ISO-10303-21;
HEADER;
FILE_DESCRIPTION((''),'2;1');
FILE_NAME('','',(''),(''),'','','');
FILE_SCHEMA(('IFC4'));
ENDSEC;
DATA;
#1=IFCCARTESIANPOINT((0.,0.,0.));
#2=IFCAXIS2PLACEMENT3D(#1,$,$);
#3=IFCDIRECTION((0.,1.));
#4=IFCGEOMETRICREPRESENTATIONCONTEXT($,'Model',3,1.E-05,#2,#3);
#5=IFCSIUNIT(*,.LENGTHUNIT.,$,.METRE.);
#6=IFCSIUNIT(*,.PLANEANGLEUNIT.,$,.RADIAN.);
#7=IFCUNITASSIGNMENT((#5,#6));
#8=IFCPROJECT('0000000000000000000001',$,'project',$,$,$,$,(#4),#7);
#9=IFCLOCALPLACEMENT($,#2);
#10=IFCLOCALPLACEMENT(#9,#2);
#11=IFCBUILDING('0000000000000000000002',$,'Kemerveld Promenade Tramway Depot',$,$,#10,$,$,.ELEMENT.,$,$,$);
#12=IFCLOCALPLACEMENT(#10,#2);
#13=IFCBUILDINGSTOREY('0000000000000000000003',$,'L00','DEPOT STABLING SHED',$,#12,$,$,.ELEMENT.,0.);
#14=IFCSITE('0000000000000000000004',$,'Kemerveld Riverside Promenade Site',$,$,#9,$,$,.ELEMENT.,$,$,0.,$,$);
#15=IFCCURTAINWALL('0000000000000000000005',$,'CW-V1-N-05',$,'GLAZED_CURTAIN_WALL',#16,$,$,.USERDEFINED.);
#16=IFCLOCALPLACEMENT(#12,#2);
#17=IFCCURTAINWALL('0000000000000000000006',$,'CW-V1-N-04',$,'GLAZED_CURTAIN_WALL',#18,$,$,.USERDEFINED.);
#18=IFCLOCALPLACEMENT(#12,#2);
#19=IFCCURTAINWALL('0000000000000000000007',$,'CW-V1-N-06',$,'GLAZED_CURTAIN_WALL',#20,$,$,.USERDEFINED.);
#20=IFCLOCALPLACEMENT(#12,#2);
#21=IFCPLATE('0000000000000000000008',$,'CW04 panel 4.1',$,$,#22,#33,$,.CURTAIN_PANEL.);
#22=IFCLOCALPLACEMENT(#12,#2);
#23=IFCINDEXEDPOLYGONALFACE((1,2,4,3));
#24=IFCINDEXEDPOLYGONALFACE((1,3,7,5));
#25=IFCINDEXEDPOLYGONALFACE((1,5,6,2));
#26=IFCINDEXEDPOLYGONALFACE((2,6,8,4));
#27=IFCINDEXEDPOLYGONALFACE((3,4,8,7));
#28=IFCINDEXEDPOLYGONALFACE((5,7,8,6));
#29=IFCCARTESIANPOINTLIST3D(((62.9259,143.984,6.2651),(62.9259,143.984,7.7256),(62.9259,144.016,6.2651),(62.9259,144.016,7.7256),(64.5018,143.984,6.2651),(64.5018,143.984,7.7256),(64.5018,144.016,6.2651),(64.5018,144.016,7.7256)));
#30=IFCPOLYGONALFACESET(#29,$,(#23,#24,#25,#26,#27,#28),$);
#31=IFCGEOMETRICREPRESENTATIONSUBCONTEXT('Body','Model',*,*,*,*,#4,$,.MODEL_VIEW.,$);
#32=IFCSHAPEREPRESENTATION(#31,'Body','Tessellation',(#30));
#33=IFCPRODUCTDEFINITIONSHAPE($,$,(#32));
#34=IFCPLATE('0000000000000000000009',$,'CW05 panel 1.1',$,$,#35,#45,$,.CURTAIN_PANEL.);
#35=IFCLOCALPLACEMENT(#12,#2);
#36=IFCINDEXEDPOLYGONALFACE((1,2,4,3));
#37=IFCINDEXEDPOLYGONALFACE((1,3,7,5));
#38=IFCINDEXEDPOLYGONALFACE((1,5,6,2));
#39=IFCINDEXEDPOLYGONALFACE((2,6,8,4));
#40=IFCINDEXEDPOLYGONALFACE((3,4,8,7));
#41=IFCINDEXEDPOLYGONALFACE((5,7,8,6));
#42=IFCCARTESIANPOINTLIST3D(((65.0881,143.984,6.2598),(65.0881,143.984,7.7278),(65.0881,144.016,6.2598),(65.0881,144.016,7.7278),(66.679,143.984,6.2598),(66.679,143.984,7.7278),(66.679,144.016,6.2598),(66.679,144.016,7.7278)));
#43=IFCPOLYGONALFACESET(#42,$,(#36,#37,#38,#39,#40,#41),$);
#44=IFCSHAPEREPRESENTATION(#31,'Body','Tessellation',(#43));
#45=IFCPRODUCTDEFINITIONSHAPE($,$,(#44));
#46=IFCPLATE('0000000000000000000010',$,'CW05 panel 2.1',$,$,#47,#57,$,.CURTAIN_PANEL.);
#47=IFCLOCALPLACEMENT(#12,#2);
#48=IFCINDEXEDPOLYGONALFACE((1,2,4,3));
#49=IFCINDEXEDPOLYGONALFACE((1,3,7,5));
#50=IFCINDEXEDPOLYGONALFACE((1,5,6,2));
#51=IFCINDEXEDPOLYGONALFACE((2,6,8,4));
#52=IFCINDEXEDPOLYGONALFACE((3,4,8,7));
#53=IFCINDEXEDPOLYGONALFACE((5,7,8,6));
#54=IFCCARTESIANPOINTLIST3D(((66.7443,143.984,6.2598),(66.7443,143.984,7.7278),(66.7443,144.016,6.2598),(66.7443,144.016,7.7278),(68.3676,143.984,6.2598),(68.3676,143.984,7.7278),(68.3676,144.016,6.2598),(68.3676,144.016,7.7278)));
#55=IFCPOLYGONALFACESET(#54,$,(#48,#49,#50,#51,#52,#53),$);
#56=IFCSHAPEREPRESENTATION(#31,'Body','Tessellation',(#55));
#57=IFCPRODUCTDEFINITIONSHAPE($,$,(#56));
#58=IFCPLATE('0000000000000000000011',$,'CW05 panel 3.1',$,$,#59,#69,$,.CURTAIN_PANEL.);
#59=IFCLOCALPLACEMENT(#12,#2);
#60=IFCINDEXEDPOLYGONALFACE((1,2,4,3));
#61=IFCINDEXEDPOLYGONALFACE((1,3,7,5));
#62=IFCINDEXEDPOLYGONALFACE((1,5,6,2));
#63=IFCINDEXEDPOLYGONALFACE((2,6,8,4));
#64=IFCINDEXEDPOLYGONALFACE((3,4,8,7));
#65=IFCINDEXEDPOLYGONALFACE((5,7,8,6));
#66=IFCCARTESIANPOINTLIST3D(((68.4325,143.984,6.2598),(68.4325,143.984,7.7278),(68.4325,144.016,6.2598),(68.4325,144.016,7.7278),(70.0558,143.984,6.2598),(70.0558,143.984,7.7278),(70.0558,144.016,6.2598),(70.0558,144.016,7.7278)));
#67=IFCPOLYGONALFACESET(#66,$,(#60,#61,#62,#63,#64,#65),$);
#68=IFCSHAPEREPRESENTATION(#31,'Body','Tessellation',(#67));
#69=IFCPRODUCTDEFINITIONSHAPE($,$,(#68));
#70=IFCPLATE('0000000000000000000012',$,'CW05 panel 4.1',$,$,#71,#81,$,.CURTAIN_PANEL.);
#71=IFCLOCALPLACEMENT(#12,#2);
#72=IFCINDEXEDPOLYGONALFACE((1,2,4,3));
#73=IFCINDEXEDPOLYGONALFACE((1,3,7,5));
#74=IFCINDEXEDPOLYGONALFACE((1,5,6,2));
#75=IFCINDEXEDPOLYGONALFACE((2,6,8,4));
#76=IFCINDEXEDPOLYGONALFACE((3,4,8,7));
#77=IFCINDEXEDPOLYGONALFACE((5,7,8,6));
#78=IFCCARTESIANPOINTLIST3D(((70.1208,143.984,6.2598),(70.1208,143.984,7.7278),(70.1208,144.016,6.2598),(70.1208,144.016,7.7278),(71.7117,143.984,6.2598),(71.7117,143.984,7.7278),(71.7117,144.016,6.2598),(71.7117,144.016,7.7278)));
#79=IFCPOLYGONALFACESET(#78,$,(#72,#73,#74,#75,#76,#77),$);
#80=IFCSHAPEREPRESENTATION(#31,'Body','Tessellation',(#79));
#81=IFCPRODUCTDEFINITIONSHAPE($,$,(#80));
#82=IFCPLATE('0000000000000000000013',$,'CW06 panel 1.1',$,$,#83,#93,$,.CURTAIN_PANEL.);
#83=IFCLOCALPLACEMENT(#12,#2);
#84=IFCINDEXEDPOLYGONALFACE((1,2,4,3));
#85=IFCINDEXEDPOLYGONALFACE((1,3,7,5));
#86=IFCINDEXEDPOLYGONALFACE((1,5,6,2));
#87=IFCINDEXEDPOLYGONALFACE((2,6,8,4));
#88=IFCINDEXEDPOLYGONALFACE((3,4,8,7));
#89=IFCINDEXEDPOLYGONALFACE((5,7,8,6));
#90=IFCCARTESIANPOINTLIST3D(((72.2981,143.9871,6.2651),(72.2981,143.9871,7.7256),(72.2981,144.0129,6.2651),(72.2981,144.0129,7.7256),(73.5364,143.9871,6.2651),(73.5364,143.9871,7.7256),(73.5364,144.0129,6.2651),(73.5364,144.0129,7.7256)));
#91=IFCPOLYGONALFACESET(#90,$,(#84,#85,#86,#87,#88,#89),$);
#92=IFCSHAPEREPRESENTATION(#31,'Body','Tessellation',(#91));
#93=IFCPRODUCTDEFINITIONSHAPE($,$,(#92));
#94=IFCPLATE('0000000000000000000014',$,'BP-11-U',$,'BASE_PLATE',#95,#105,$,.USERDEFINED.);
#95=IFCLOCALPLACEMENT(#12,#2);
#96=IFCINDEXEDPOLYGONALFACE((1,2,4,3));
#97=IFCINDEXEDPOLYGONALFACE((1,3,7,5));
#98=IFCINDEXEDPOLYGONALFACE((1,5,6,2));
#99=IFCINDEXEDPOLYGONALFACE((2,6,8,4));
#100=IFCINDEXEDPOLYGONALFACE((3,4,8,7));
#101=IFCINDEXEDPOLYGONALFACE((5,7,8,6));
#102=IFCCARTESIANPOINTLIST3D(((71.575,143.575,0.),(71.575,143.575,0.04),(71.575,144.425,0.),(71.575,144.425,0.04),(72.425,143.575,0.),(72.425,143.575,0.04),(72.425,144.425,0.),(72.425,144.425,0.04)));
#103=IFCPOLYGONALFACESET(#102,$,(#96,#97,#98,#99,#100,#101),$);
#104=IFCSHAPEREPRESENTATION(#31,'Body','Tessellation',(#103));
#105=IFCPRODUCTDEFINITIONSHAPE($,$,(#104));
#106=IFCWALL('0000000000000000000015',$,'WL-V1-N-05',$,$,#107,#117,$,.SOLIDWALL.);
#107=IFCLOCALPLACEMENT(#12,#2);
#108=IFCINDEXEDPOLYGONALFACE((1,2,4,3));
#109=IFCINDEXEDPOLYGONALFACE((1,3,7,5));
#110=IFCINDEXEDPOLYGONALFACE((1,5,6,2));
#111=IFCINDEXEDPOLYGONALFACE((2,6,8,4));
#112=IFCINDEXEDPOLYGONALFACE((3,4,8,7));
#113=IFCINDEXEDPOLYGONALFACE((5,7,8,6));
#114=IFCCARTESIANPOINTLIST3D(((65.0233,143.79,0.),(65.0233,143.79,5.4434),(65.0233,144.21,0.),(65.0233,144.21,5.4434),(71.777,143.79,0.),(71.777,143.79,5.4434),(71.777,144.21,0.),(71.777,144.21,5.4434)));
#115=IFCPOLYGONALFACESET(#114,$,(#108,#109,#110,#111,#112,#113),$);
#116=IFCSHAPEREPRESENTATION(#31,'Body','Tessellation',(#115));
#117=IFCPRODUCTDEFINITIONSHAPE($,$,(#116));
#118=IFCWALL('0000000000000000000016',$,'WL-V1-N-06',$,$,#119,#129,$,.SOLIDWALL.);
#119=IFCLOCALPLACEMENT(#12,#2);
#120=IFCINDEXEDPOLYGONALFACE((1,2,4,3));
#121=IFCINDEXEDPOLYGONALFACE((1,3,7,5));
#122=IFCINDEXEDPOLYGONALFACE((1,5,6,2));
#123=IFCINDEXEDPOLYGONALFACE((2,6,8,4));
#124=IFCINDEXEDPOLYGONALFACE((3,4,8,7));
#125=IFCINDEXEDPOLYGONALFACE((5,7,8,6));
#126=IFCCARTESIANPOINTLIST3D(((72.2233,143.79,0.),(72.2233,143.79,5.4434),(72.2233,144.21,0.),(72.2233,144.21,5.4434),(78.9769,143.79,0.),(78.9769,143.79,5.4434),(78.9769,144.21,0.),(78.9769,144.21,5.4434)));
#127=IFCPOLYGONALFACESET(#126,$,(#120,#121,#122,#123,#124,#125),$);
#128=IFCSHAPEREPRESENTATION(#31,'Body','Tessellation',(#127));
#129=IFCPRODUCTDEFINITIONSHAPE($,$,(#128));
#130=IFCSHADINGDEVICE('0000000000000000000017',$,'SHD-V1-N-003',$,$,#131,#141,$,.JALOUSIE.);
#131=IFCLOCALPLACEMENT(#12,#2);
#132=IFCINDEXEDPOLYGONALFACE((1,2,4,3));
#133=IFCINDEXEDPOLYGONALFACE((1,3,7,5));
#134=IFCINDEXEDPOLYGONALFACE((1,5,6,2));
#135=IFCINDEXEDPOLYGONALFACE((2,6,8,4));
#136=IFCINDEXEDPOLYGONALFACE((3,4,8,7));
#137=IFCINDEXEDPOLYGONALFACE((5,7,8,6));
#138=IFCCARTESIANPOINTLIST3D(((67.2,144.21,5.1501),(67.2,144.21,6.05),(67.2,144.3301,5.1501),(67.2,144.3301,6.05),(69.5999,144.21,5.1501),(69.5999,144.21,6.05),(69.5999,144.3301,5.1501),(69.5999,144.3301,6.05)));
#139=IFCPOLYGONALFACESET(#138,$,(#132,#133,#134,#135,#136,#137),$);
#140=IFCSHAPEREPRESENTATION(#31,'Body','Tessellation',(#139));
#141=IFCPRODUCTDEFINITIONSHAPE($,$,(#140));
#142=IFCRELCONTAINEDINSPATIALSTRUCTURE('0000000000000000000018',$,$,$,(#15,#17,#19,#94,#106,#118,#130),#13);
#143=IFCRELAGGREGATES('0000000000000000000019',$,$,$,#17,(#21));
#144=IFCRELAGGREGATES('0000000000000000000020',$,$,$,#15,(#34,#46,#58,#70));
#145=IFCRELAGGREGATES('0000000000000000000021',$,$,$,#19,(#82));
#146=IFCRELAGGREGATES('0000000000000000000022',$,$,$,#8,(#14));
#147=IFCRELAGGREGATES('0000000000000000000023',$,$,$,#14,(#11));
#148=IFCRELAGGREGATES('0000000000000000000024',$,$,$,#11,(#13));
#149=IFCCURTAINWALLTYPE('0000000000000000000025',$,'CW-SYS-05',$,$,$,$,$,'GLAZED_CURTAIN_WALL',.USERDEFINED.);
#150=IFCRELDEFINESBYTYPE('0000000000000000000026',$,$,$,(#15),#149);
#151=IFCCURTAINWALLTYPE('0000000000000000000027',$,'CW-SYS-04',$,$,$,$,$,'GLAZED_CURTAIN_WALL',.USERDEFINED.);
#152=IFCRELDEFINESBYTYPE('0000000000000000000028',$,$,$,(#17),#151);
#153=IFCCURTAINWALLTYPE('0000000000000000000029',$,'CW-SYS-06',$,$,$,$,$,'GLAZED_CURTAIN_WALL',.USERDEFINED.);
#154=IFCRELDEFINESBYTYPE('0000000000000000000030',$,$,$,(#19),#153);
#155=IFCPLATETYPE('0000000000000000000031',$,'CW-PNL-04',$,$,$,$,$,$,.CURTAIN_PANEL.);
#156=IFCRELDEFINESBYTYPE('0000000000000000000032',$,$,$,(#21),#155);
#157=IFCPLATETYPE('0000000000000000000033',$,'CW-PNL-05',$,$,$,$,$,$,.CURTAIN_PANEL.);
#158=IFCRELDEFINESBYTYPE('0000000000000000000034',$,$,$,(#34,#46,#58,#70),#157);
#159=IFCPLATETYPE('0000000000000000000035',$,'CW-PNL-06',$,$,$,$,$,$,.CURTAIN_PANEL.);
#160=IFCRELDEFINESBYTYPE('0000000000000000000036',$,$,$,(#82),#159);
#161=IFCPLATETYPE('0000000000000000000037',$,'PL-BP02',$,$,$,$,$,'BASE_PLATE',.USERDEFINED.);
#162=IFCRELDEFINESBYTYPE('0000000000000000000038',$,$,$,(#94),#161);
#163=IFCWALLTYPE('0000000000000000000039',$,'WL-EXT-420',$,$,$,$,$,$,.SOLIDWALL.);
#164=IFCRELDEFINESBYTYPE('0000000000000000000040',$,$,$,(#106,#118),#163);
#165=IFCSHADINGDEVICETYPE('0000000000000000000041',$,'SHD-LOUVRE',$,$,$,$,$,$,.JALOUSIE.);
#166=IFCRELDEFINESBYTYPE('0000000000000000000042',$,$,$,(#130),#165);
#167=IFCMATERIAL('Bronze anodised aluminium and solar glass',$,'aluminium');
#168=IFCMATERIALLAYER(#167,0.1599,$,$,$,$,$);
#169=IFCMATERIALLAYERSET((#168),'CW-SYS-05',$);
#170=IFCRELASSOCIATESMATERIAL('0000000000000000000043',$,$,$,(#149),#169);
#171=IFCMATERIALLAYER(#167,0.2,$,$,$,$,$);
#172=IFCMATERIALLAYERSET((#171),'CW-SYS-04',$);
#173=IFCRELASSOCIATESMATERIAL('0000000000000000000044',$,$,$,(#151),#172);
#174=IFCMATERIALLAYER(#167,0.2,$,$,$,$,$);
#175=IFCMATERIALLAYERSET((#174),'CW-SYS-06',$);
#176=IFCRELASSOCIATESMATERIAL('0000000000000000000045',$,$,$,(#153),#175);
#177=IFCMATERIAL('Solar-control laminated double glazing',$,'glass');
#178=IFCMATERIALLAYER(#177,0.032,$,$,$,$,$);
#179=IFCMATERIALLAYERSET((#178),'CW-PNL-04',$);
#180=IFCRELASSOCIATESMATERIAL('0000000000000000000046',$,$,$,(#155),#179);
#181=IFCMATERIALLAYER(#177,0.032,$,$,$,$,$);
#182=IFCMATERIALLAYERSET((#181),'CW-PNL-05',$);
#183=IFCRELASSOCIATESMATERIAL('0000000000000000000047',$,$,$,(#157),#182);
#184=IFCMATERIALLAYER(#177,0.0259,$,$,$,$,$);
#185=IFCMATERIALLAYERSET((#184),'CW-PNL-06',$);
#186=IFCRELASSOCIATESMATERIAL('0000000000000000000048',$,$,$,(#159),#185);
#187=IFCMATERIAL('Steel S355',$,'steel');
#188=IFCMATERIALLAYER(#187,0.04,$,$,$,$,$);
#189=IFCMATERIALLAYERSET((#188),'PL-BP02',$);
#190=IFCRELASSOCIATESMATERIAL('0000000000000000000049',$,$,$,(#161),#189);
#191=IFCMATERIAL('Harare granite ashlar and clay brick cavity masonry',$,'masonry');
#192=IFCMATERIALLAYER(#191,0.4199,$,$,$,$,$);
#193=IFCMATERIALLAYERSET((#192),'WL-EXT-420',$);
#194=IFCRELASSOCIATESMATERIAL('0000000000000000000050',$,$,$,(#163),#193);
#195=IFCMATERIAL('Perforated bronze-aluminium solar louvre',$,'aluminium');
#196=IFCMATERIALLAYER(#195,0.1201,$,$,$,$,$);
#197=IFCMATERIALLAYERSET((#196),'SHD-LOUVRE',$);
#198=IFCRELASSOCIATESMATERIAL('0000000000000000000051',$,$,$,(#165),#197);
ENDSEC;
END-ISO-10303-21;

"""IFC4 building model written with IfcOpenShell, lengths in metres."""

from ifc_helpers import new_model, si_unit, direction, frame, frame_2d, origin, origin_2d, place, context, subcontext, project, spatial, rectangle, extrude, material, layer, layer_set, type_object, element, aggregate, save


model = new_model("IFC4")

# Units and contexts
model_context = context("Model", 3, precision=1e-05, world=origin(), true_north=direction((0.0, 1.0)))
body_context = subcontext(model_context, "Body", "Model", "MODEL_VIEW")
ifc_project = project(units=[si_unit("LENGTHUNIT", "METRE"), si_unit("PLANEANGLEUNIT", "RADIAN")], contexts=[model_context])

# Site, building, storey
site_placement = place(None, origin())
site = spatial("IfcSite", under=ifc_project, at=site_placement, Name="Kemerveld Riverside Promenade Site", CompositionType="ELEMENT", RefElevation=0.0)
building_placement = place(site_placement, origin())
building = spatial("IfcBuilding", under=site, at=building_placement, Name="Kemerveld Promenade Tramway Depot", CompositionType="ELEMENT")
storey_placement = place(building_placement, origin())
storey = spatial("IfcBuildingStorey", under=building, at=storey_placement, Name="L00", Description="DEPOT STABLING SHED", CompositionType="ELEMENT", Elevation=0.0)

# Shared definitions
ifc_material_1 = material(Name="Steel S355", Category="steel")

# Curtain wall
ifc_material_2 = material(Name="Bronze anodised aluminium and solar glass", Category="aluminium")
ifc_layer_1 = layer(ifc_material_2, 0.1599)
ifc_layer_set_1 = layer_set([ifc_layer_1], Name="CW-SYS-05")
curtain_wall_type_1 = type_object("IfcCurtainWallType", Name="CW-SYS-05", ElementType="GLAZED_CURTAIN_WALL", PredefinedType="USERDEFINED", material=ifc_layer_set_1)
curtain_wall_1_placement = place(storey_placement, origin())
curtain_wall_1 = element("IfcCurtainWall", 1, at=curtain_wall_1_placement, inside=storey, type_object=curtain_wall_type_1, Name="CW-V1-N-05", ObjectType="GLAZED_CURTAIN_WALL", PredefinedType="USERDEFINED")

# Curtain wall
ifc_layer_2 = layer(ifc_material_2, 0.2)
ifc_layer_set_2 = layer_set([ifc_layer_2], Name="CW-SYS-04")
curtain_wall_type_2 = type_object("IfcCurtainWallType", Name="CW-SYS-04", ElementType="GLAZED_CURTAIN_WALL", PredefinedType="USERDEFINED", material=ifc_layer_set_2)
curtain_wall_2_placement = place(storey_placement, origin())
curtain_wall_2 = element("IfcCurtainWall", 2, at=curtain_wall_2_placement, inside=storey, type_object=curtain_wall_type_2, Name="CW-V1-N-04", ObjectType="GLAZED_CURTAIN_WALL", PredefinedType="USERDEFINED")

# Curtain wall
ifc_layer_3 = layer(ifc_material_2, 0.2)
ifc_layer_set_3 = layer_set([ifc_layer_3], Name="CW-SYS-06")
curtain_wall_type_3 = type_object("IfcCurtainWallType", Name="CW-SYS-06", ElementType="GLAZED_CURTAIN_WALL", PredefinedType="USERDEFINED", material=ifc_layer_set_3)
curtain_wall_3_placement = place(storey_placement, origin())
curtain_wall_3 = element("IfcCurtainWall", 3, at=curtain_wall_3_placement, inside=storey, type_object=curtain_wall_type_3, Name="CW-V1-N-06", ObjectType="GLAZED_CURTAIN_WALL", PredefinedType="USERDEFINED")

# Plates
ifc_material_3 = material(Name="Solar-control laminated double glazing", Category="glass")
ifc_layer_4 = layer(ifc_material_3, 0.032)
ifc_layer_set_4 = layer_set([ifc_layer_4], Name="CW-PNL-04")
plate_type_1 = type_object("IfcPlateType", Name="CW-PNL-04", PredefinedType="CURTAIN_PANEL", material=ifc_layer_set_4)
plate_1_placement = place(storey_placement, frame((63.7139, 144.0, 6.2651), z_axis=(0.0, 0.0, 1.0), x_axis=(1.0, 0.0, 0.0)))
plate_1 = element("IfcPlate", 4, at=plate_1_placement, type_object=plate_type_1, Name="CW04 panel 4.1", PredefinedType="CURTAIN_PANEL", context=body_context, shape_type="SweptSolid", body=[
    extrude(rectangle(XDim=1.5759, YDim=0.032, at=origin_2d()), origin(), (0.0, 0.0, 1.0), 1.4604),
])
aggregate(curtain_wall_2, [plate_1])
ifc_layer_5 = layer(ifc_material_3, 0.032)
ifc_layer_set_5 = layer_set([ifc_layer_5], Name="CW-PNL-05")
plate_type_2 = type_object("IfcPlateType", Name="CW-PNL-05", PredefinedType="CURTAIN_PANEL", material=ifc_layer_set_5)
plate_2_placement = place(storey_placement, frame((65.8835, 144.0, 6.2598), z_axis=(0.0, 0.0, 1.0), x_axis=(1.0, 0.0, 0.0)))
plate_2 = element("IfcPlate", 5, at=plate_2_placement, type_object=plate_type_2, Name="CW05 panel 1.1", PredefinedType="CURTAIN_PANEL", context=body_context, shape_type="SweptSolid", body=[
    extrude(rectangle(XDim=1.5908, YDim=0.032, at=origin_2d()), origin(), (0.0, 0.0, 1.0), 1.468),
])
plate_3_placement = place(storey_placement, frame((67.5559, 144.0, 6.2598), z_axis=(0.0, 0.0, 1.0), x_axis=(1.0, 0.0, 0.0)))
plate_3 = element("IfcPlate", 6, at=plate_3_placement, type_object=plate_type_2, Name="CW05 panel 2.1", PredefinedType="CURTAIN_PANEL", context=body_context, shape_type="SweptSolid", body=[
    extrude(rectangle(XDim=1.6233, YDim=0.032, at=origin_2d()), origin(), (0.0, 0.0, 1.0), 1.468),
])
plate_4_placement = place(storey_placement, frame((69.2441, 144.0, 6.2598), z_axis=(0.0, 0.0, 1.0), x_axis=(1.0, 0.0, 0.0)))
plate_4 = element("IfcPlate", 7, at=plate_4_placement, type_object=plate_type_2, Name="CW05 panel 3.1", PredefinedType="CURTAIN_PANEL", context=body_context, shape_type="SweptSolid", body=[
    extrude(rectangle(XDim=1.6233, YDim=0.032, at=origin_2d()), origin(), (0.0, 0.0, 1.0), 1.468),
])
plate_5_placement = place(storey_placement, frame((70.9163, 144.0, 6.2598), z_axis=(0.0, 0.0, 1.0), x_axis=(1.0, 0.0, 0.0)))
plate_5 = element("IfcPlate", 8, at=plate_5_placement, type_object=plate_type_2, Name="CW05 panel 4.1", PredefinedType="CURTAIN_PANEL", context=body_context, shape_type="SweptSolid", body=[
    extrude(rectangle(XDim=1.5908, YDim=0.032, at=origin_2d()), origin(), (0.0, 0.0, 1.0), 1.468),
])
aggregate(curtain_wall_1, [plate_2, plate_3, plate_4, plate_5])
ifc_layer_6 = layer(ifc_material_3, 0.0259)
ifc_layer_set_6 = layer_set([ifc_layer_6], Name="CW-PNL-06")
plate_type_3 = type_object("IfcPlateType", Name="CW-PNL-06", PredefinedType="CURTAIN_PANEL", material=ifc_layer_set_6)
plate_6_placement = place(storey_placement, frame((72.9172, 144.0, 6.2651), z_axis=(0.0, 0.0, 1.0), x_axis=(1.0, 0.0, 0.0)))
plate_6 = element("IfcPlate", 9, at=plate_6_placement, type_object=plate_type_3, Name="CW06 panel 1.1", PredefinedType="CURTAIN_PANEL", context=body_context, shape_type="SweptSolid", body=[
    extrude(rectangle(XDim=1.2383, YDim=0.0259, at=origin_2d()), origin(), (0.0, 0.0, 1.0), 1.4604),
])
aggregate(curtain_wall_3, [plate_6])
ifc_layer_7 = layer(ifc_material_1, 0.04)
ifc_layer_set_7 = layer_set([ifc_layer_7], Name="PL-BP02")
plate_type_4 = type_object("IfcPlateType", Name="PL-BP02", ElementType="BASE_PLATE", PredefinedType="USERDEFINED", material=ifc_layer_set_7)
plate_7_placement = place(storey_placement, frame((72.0, 144.0, 0.0), z_axis=(0.0, 0.0, 1.0), x_axis=(1.0, 0.0, 0.0)))
element("IfcPlate", 10, at=plate_7_placement, inside=storey, type_object=plate_type_4, Name="BP-11-U", ObjectType="BASE_PLATE", PredefinedType="USERDEFINED", context=body_context, shape_type="SweptSolid", body=[
    extrude(rectangle(XDim=0.8501, YDim=0.8501, at=origin_2d()), origin(), (0.0, 0.0, 1.0), 0.04),
])

# Walls
ifc_material_4 = material(Name="Harare granite ashlar and clay brick cavity masonry", Category="masonry")
ifc_layer_8 = layer(ifc_material_4, 0.4199)
ifc_layer_set_8 = layer_set([ifc_layer_8], Name="WL-EXT-420")
wall_type = type_object("IfcWallType", Name="WL-EXT-420", PredefinedType="SOLIDWALL", material=ifc_layer_set_8)
for number, where, z_axis, x_axis, name in (
    (11, (65.0232, 144.0, 0.0), (0.0, 0.0, 1.0), (1.0, 0.0, 0.0), "WL-V1-N-05"),
    (12, (72.2231, 144.0, 0.0), (0.0, 0.0, 1.0), (1.0, 0.0, 0.0), "WL-V1-N-06"),
):
    element("IfcWall", number, at=place(storey_placement, frame(where, z_axis=z_axis, x_axis=x_axis)), inside=storey, type_object=wall_type, Name=name, PredefinedType="SOLIDWALL", context=body_context, shape_type="SweptSolid", body=[
        extrude(rectangle(XDim=6.7537, YDim=0.4199, at=frame_2d((3.377, 0.0))), origin(), (0.0, 0.0, 1.0), 5.4434),
    ])

# Shading device
ifc_material_5 = material(Name="Perforated bronze-aluminium solar louvre", Category="aluminium")
ifc_layer_9 = layer(ifc_material_5, 0.1201)
ifc_layer_set_9 = layer_set([ifc_layer_9], Name="SHD-LOUVRE")
shading_device_type = type_object("IfcShadingDeviceType", Name="SHD-LOUVRE", PredefinedType="JALOUSIE", material=ifc_layer_set_9)
shading_device_placement = place(storey_placement, frame((68.3999, 144.27, 5.1501), z_axis=(0.0, 0.0, 1.0), x_axis=(1.0, 0.0, 0.0)))
element("IfcShadingDevice", 13, at=shading_device_placement, inside=storey, type_object=shading_device_type, Name="SHD-V1-N-003", PredefinedType="JALOUSIE", context=body_context, shape_type="SweptSolid", body=[
    extrude(rectangle(XDim=2.3999, YDim=0.1201, at=origin_2d()), origin(), (0.0, 0.0, 1.0), 0.8999),
])

save(model, "model.ifc")
